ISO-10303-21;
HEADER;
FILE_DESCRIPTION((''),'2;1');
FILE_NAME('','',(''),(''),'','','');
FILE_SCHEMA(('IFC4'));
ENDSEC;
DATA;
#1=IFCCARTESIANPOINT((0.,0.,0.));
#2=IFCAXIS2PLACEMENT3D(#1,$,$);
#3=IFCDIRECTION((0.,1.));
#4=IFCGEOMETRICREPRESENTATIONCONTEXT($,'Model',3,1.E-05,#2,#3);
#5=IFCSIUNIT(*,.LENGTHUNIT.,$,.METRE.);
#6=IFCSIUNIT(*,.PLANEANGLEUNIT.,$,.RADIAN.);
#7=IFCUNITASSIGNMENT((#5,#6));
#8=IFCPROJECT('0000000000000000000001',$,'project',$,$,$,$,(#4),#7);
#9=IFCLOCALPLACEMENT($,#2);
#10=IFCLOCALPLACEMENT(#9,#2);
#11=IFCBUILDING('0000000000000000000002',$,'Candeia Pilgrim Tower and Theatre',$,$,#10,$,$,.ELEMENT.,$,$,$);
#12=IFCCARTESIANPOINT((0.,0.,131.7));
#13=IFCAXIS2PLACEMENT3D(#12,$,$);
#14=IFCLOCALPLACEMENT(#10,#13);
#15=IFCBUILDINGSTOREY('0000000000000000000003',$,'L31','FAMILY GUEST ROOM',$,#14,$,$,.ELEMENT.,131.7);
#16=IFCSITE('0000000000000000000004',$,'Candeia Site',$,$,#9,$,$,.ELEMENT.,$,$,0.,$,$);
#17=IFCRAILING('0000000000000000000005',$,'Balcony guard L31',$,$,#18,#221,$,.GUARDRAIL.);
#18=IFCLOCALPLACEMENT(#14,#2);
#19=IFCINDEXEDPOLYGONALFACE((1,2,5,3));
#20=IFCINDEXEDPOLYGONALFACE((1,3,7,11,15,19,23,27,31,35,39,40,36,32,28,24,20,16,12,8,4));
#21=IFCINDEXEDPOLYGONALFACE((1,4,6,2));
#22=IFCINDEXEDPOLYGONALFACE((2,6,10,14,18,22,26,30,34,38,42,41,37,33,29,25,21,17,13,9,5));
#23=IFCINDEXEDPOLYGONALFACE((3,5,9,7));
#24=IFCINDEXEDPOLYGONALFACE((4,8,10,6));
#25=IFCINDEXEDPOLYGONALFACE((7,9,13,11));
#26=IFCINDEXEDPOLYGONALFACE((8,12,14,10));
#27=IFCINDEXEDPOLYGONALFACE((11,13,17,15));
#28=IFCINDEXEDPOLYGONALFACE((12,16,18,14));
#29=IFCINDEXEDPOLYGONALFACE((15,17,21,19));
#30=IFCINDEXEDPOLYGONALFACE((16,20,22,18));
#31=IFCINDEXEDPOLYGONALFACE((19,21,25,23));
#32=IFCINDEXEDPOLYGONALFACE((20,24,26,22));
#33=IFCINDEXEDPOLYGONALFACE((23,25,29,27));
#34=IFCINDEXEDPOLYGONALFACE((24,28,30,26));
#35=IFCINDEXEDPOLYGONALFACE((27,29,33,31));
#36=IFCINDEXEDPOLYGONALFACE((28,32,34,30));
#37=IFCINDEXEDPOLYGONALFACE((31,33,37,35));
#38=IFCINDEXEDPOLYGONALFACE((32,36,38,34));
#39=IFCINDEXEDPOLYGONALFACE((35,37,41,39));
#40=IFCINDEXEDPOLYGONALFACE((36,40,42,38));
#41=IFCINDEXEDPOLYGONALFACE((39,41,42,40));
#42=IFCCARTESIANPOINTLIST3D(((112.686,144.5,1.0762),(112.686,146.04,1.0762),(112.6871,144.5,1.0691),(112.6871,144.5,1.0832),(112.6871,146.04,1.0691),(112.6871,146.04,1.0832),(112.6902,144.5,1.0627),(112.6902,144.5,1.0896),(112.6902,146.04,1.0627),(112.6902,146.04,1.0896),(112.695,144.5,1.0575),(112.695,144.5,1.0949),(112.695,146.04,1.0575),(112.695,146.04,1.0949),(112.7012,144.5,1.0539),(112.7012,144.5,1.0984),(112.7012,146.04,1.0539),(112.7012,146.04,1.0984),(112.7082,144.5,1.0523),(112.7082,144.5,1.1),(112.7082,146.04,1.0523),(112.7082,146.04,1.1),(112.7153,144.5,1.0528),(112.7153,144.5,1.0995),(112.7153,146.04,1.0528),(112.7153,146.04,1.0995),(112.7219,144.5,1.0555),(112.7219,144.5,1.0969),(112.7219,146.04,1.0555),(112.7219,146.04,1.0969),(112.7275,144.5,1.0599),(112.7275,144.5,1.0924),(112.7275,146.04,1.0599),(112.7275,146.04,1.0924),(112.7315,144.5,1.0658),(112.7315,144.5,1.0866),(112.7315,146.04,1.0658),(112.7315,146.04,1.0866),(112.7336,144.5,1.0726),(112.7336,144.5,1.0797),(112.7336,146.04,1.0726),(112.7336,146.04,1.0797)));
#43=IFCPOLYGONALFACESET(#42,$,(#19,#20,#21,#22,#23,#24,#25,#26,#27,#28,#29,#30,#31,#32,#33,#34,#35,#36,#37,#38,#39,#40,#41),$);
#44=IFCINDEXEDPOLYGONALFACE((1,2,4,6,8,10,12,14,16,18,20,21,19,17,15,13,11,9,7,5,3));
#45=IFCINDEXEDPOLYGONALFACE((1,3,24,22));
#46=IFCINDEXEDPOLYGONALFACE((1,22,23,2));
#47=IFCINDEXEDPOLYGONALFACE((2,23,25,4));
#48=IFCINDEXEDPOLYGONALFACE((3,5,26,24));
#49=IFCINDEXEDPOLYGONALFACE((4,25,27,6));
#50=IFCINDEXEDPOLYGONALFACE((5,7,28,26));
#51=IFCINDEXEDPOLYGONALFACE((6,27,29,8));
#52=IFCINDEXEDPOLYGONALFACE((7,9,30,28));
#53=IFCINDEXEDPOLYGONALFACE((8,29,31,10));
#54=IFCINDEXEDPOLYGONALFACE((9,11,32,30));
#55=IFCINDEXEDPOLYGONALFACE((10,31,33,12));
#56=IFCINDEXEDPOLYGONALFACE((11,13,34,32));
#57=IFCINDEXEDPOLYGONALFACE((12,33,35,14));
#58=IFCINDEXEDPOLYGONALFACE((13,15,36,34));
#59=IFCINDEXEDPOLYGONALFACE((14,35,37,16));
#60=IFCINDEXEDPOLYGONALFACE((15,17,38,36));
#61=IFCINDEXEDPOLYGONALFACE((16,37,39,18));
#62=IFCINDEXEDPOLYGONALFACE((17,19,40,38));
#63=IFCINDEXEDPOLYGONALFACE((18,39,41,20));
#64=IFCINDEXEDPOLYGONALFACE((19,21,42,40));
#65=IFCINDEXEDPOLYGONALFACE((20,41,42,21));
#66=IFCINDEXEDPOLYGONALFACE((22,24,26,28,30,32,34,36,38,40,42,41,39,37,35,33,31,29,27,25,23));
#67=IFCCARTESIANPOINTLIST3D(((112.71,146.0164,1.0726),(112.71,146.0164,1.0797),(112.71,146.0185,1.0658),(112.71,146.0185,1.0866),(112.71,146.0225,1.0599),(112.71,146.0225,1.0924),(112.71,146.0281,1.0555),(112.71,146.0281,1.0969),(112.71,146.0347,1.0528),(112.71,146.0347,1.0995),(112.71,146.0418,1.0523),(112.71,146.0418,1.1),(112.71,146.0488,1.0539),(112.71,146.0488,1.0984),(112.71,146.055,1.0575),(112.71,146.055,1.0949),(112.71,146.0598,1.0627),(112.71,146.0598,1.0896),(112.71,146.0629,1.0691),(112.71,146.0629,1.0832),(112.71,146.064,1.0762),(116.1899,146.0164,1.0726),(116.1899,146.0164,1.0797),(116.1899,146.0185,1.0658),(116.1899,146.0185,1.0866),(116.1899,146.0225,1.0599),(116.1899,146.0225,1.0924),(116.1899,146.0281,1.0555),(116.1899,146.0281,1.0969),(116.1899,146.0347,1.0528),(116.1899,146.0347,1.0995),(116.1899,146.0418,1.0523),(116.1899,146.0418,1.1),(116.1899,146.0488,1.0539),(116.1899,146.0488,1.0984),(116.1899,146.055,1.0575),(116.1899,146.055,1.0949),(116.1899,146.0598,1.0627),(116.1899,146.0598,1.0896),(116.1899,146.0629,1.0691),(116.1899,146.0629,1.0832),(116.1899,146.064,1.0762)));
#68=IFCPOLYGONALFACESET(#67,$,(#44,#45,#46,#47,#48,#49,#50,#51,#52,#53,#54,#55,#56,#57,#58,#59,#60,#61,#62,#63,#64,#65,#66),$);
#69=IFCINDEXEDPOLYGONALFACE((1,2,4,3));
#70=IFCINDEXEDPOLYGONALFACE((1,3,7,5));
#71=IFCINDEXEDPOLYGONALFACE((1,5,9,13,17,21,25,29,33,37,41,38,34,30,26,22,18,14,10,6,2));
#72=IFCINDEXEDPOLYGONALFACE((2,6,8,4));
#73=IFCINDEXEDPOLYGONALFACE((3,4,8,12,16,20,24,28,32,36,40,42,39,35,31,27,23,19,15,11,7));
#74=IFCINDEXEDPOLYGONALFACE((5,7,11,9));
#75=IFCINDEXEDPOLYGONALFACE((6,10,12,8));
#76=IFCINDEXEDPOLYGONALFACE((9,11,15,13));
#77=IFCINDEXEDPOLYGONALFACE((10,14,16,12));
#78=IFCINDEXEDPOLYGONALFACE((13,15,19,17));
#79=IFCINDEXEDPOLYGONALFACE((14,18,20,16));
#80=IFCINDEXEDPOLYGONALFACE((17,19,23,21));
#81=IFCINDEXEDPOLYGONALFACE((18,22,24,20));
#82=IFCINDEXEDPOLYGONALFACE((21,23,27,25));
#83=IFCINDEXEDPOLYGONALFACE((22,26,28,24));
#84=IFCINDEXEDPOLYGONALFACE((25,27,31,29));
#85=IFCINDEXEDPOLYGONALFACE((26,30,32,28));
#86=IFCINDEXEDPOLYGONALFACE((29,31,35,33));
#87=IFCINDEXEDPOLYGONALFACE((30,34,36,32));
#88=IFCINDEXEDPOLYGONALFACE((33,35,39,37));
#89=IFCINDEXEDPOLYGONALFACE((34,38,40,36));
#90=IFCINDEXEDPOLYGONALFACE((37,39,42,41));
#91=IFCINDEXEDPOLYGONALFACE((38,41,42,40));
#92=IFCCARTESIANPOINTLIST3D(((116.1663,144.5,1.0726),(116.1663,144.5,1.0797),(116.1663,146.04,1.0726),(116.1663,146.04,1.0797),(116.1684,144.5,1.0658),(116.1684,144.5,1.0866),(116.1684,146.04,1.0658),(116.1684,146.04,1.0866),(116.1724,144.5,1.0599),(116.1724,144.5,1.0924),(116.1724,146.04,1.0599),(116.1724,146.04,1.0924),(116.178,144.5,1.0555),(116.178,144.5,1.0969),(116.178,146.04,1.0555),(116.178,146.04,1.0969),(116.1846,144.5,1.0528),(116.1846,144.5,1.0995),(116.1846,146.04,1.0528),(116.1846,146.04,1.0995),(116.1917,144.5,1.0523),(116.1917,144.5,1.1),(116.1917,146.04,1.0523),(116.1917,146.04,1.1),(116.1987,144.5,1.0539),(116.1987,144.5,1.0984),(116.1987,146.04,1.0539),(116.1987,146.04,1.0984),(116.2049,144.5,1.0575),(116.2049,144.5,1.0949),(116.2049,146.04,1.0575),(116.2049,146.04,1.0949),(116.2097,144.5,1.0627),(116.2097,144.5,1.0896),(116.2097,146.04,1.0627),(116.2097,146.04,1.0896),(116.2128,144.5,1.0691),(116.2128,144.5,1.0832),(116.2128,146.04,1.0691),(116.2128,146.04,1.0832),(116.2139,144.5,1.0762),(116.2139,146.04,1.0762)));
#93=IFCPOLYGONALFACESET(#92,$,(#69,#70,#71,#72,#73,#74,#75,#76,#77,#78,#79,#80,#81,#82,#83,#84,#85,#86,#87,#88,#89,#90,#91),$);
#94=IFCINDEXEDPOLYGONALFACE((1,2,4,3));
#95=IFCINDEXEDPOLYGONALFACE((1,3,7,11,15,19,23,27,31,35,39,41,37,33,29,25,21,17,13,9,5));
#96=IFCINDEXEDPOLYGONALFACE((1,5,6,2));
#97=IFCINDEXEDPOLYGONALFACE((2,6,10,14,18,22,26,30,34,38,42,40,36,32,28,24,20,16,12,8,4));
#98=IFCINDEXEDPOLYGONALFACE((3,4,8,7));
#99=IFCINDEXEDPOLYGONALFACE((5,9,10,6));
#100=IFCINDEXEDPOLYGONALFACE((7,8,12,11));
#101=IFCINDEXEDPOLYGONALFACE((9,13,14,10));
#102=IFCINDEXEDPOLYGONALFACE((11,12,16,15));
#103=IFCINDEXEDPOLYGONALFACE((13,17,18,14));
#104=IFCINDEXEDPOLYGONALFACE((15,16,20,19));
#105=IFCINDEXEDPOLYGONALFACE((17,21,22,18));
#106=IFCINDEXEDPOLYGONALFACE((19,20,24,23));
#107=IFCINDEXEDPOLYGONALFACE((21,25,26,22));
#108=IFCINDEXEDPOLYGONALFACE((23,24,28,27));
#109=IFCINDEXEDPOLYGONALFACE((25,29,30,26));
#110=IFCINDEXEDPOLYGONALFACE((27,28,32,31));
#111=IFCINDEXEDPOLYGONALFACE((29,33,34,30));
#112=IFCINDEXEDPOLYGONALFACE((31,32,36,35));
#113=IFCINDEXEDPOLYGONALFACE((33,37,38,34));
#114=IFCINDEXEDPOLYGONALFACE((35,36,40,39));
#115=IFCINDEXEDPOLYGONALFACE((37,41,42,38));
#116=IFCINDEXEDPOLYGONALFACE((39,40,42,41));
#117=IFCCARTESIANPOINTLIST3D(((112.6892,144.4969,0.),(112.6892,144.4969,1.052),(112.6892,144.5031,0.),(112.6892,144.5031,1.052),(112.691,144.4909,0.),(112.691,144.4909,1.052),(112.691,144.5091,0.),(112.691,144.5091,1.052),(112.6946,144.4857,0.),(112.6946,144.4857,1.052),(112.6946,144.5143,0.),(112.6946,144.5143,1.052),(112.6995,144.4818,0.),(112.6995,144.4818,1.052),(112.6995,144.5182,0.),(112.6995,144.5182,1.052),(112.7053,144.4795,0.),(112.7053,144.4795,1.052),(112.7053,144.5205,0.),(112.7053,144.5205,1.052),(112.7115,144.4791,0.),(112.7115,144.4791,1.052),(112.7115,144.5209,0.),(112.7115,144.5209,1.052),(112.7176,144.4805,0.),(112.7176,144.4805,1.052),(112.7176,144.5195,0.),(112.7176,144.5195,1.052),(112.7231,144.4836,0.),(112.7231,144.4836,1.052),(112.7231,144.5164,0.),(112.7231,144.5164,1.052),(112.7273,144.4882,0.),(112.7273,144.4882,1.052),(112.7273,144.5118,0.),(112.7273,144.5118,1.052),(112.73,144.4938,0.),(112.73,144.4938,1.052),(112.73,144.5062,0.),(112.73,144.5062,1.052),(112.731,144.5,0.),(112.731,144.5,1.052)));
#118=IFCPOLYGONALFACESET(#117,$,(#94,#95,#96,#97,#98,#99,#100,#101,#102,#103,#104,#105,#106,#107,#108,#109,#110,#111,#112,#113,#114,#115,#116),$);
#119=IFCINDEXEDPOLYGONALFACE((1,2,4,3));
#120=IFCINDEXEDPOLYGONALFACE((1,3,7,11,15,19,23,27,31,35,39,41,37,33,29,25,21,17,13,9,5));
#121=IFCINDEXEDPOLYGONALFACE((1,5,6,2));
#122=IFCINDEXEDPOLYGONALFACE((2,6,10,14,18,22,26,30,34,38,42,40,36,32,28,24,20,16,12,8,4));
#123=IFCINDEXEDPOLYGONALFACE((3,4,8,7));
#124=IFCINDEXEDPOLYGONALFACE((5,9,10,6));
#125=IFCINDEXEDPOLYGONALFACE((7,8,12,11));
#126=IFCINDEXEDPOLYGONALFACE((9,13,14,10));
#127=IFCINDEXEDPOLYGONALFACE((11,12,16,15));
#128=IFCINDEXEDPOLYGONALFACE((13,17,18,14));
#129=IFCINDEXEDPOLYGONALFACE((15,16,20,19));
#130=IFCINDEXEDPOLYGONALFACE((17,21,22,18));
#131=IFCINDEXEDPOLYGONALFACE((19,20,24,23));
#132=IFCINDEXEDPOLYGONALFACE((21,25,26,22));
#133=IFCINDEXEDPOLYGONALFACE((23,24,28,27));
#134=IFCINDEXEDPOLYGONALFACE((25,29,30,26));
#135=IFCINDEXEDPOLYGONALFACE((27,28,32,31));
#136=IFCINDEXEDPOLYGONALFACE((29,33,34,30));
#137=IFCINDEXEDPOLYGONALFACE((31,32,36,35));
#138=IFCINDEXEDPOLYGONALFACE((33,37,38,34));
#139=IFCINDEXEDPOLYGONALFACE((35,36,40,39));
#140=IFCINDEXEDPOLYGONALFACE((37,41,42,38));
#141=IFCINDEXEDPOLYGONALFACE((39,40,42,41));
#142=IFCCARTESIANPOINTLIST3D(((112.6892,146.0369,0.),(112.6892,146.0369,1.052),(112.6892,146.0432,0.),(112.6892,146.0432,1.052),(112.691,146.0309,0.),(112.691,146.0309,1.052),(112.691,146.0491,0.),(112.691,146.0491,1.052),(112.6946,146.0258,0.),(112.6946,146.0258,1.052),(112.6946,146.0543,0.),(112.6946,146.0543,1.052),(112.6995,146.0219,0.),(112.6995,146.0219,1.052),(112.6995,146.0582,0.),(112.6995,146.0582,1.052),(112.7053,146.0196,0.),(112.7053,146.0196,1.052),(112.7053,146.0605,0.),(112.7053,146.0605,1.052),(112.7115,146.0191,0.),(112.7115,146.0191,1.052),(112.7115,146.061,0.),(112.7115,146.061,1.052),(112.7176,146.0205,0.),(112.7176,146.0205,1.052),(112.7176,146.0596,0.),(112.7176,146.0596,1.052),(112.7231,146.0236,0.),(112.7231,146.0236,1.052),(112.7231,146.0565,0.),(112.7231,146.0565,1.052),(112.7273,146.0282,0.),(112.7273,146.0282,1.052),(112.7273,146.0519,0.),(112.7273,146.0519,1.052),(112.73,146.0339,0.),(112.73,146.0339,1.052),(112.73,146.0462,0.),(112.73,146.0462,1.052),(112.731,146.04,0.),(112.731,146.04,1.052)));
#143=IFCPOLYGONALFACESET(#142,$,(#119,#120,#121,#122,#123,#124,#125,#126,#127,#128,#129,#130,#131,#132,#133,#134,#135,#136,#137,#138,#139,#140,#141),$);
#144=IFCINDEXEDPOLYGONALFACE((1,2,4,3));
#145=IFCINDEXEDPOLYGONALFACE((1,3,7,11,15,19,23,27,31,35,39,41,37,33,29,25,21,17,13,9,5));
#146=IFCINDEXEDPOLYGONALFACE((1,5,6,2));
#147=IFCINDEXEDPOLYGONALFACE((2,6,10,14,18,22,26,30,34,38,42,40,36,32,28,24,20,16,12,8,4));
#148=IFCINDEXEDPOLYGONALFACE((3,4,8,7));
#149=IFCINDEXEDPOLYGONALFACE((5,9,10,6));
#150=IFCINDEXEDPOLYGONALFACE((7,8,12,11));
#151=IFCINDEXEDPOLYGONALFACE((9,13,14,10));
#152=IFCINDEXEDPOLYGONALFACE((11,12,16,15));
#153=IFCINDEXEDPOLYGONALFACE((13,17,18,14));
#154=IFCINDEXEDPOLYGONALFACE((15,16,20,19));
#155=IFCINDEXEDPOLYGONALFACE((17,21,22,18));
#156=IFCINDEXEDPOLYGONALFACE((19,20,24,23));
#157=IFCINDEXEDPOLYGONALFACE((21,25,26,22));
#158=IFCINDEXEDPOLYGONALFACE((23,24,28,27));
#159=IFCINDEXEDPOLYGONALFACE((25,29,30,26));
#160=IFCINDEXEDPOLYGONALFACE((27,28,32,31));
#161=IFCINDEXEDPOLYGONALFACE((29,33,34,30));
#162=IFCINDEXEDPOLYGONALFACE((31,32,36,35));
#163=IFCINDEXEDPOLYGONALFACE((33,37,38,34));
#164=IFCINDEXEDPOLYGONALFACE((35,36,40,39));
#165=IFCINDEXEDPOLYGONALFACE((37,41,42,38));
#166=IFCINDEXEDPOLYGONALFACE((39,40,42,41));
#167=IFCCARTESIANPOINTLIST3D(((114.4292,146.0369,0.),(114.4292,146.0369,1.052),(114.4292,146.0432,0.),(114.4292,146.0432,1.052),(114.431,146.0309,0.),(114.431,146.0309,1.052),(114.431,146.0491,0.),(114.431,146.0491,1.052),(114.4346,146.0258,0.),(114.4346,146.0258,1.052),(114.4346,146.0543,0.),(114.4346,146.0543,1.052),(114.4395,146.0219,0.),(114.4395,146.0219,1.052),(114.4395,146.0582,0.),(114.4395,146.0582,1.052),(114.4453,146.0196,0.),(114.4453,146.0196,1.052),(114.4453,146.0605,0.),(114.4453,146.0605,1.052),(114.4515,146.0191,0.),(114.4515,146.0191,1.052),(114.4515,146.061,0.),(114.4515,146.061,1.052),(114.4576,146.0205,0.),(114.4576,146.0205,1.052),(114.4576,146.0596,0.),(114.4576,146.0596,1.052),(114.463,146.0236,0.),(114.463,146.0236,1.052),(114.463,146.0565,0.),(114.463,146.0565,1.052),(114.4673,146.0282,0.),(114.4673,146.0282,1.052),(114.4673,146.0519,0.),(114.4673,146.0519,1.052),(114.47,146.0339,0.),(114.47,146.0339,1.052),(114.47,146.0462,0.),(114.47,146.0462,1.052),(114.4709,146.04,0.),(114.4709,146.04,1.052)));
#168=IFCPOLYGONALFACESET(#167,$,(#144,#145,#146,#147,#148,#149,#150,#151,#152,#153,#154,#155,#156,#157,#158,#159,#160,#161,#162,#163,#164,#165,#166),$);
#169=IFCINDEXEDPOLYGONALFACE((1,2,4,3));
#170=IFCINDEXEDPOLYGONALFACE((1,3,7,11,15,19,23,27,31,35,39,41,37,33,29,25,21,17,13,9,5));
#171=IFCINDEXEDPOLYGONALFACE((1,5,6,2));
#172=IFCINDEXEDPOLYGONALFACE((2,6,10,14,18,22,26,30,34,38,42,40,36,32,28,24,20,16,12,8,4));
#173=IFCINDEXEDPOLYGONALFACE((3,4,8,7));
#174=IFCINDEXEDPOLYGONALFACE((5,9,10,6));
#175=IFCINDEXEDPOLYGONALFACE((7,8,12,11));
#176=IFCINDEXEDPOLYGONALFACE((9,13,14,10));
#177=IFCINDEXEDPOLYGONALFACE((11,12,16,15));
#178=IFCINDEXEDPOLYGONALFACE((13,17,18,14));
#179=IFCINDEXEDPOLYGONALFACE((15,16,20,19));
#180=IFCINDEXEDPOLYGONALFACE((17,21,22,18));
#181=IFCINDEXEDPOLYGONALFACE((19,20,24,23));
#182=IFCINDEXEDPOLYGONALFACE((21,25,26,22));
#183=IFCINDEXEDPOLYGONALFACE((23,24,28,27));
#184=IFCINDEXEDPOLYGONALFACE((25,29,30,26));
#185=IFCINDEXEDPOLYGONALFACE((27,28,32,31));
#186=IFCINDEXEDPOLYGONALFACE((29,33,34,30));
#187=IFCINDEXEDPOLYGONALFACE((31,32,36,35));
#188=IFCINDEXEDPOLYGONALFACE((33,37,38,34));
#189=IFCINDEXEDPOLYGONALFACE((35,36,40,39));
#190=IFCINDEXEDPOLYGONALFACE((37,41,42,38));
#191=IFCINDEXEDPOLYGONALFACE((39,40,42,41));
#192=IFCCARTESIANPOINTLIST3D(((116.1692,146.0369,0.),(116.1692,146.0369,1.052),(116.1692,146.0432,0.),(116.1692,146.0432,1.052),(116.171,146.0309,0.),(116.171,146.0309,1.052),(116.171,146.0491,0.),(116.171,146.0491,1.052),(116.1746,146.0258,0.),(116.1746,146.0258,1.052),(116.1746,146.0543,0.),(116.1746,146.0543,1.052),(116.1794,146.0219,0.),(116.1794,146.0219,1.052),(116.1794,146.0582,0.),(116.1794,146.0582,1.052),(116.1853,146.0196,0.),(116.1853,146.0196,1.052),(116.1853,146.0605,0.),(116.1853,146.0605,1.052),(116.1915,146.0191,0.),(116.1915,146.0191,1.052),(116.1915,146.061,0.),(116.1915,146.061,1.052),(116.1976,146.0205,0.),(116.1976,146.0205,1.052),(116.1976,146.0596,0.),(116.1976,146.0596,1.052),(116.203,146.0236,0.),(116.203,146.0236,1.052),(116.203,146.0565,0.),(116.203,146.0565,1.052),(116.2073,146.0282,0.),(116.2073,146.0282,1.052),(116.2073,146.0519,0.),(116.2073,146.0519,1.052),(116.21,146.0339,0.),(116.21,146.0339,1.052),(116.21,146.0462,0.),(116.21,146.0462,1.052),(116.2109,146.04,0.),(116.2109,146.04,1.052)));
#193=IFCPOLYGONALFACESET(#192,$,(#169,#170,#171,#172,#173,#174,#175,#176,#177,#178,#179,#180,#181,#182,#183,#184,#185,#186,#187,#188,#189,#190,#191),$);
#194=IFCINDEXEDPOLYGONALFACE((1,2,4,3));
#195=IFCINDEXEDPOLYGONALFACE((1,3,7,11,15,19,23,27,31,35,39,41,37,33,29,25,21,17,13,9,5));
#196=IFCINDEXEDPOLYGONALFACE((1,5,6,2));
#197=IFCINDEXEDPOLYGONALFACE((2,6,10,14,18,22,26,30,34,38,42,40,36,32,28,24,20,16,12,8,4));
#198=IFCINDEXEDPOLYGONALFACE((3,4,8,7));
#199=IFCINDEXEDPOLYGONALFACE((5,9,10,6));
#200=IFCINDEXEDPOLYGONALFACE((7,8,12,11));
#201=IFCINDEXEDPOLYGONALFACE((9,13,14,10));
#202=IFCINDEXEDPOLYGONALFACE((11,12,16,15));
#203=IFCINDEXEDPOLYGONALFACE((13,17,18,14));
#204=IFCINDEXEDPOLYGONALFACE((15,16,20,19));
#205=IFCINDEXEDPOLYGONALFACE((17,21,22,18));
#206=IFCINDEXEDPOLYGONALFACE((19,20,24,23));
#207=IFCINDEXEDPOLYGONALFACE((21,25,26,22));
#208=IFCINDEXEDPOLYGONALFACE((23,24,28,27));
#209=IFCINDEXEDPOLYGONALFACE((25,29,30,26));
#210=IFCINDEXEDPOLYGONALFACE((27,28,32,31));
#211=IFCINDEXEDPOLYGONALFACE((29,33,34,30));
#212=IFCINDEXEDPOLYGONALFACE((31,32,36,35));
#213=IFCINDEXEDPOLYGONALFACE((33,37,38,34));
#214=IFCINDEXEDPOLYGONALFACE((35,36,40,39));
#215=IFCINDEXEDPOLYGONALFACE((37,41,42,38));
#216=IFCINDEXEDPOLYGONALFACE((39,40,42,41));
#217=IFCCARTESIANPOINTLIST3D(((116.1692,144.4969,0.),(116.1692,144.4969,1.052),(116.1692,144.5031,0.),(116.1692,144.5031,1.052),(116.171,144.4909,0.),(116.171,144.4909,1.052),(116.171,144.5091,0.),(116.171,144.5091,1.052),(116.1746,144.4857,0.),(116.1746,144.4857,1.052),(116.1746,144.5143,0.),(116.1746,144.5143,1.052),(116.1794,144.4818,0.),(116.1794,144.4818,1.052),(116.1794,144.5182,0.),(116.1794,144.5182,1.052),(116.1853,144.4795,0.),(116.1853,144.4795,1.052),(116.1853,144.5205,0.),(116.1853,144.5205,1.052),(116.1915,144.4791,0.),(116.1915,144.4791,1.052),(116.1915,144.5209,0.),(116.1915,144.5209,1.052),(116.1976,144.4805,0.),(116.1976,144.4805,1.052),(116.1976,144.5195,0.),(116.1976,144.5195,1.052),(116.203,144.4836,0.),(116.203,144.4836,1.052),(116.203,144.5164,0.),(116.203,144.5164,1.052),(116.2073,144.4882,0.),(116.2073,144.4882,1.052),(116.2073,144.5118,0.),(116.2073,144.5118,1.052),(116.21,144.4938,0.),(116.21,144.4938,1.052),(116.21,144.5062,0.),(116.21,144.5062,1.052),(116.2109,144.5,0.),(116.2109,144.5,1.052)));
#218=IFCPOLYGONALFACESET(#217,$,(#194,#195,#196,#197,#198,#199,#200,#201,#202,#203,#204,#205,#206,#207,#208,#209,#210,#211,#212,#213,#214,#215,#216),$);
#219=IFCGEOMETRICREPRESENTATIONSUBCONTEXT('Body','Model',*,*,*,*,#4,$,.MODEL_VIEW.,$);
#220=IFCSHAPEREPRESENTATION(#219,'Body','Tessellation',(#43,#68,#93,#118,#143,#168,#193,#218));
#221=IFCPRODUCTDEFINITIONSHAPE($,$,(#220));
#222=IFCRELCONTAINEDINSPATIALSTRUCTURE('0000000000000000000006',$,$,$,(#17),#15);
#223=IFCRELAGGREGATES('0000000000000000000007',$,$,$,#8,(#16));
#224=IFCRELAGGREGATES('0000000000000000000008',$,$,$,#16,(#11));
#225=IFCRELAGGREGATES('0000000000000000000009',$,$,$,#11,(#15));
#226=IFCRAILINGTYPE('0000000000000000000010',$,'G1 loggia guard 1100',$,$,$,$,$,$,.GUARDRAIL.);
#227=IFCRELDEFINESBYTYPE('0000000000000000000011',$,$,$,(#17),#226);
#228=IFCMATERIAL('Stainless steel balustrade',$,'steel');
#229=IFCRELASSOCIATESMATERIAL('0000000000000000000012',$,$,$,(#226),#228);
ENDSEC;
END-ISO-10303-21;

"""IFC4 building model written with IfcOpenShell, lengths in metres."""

from ifc_helpers import new_model, si_unit, direction, frame, origin, origin_2d, place, context, subcontext, project, spatial, circle, extrude, material, type_object, element, save


model = new_model("IFC4")

# Units and contexts
model_context = context("Model", 3, precision=1e-05, world=origin(), true_north=direction((0.0, 1.0)))
body_context = subcontext(model_context, "Body", "Model", "MODEL_VIEW")
ifc_project = project(units=[si_unit("LENGTHUNIT", "METRE"), si_unit("PLANEANGLEUNIT", "RADIAN")], contexts=[model_context])

# Site, building, storey
site_placement = place(None, origin())
site = spatial("IfcSite", under=ifc_project, at=site_placement, Name="Candeia Site", CompositionType="ELEMENT", RefElevation=0.0)
building_placement = place(site_placement, origin())
building = spatial("IfcBuilding", under=site, at=building_placement, Name="Candeia Pilgrim Tower and Theatre", CompositionType="ELEMENT")
storey_placement = place(building_placement, frame((0.0, 0.0, 131.7)))
storey = spatial("IfcBuildingStorey", under=building, at=storey_placement, Name="L31", Description="FAMILY GUEST ROOM", CompositionType="ELEMENT", Elevation=131.7)

# Railing
ifc_material_1 = material(Name="Stainless steel balustrade", Category="steel")
railing_type = type_object("IfcRailingType", Name="G1 loggia guard 1100", PredefinedType="GUARDRAIL", material=ifc_material_1)
railing_placement = place(storey_placement, frame((112.71, 144.5, 0.0)))
element("IfcRailing", 1, at=railing_placement, inside=storey, type_object=railing_type, Name="Balcony guard L31", PredefinedType="GUARDRAIL", context=body_context, shape_type="SweptSolid", body=[
    extrude(circle(Radius=0.0239, at=origin_2d()), frame((0.0, 0.0, 1.0762), z_axis=(0.0, 1.0, 0.0), x_axis=(-1.0, 0.0, 0.0)), (0.0, 0.0, 1.0), 1.54),
    extrude(circle(Radius=0.0239, at=origin_2d()), frame((0.0, 1.54, 1.0762), z_axis=(1.0, 0.0, 0.0), x_axis=(0.0, 1.0, 0.0)), (0.0, 0.0, 1.0), 3.48),
    extrude(circle(Radius=0.0239, at=origin_2d()), frame((3.48, 1.54, 1.0762), z_axis=(0.0, -1.0, 0.0), x_axis=(1.0, 0.0, 0.0)), (0.0, 0.0, 1.0), 1.54),
    extrude(circle(Radius=0.021, at=origin_2d()), origin(), (0.0, 0.0, 1.0), 1.052),
    extrude(circle(Radius=0.021, at=origin_2d()), frame((0.0, 1.54, 0.0)), (0.0, 0.0, 1.0), 1.052),
    extrude(circle(Radius=0.021, at=origin_2d()), frame((1.74, 1.54, 0.0)), (0.0, 0.0, 1.0), 1.052),
    extrude(circle(Radius=0.021, at=origin_2d()), frame((3.48, 1.54, 0.0)), (0.0, 0.0, 1.0), 1.052),
    extrude(circle(Radius=0.021, at=origin_2d()), frame((3.48, 0.0, 0.0)), (0.0, 0.0, 1.0), 1.052),
])

save(model, "model.ifc")
